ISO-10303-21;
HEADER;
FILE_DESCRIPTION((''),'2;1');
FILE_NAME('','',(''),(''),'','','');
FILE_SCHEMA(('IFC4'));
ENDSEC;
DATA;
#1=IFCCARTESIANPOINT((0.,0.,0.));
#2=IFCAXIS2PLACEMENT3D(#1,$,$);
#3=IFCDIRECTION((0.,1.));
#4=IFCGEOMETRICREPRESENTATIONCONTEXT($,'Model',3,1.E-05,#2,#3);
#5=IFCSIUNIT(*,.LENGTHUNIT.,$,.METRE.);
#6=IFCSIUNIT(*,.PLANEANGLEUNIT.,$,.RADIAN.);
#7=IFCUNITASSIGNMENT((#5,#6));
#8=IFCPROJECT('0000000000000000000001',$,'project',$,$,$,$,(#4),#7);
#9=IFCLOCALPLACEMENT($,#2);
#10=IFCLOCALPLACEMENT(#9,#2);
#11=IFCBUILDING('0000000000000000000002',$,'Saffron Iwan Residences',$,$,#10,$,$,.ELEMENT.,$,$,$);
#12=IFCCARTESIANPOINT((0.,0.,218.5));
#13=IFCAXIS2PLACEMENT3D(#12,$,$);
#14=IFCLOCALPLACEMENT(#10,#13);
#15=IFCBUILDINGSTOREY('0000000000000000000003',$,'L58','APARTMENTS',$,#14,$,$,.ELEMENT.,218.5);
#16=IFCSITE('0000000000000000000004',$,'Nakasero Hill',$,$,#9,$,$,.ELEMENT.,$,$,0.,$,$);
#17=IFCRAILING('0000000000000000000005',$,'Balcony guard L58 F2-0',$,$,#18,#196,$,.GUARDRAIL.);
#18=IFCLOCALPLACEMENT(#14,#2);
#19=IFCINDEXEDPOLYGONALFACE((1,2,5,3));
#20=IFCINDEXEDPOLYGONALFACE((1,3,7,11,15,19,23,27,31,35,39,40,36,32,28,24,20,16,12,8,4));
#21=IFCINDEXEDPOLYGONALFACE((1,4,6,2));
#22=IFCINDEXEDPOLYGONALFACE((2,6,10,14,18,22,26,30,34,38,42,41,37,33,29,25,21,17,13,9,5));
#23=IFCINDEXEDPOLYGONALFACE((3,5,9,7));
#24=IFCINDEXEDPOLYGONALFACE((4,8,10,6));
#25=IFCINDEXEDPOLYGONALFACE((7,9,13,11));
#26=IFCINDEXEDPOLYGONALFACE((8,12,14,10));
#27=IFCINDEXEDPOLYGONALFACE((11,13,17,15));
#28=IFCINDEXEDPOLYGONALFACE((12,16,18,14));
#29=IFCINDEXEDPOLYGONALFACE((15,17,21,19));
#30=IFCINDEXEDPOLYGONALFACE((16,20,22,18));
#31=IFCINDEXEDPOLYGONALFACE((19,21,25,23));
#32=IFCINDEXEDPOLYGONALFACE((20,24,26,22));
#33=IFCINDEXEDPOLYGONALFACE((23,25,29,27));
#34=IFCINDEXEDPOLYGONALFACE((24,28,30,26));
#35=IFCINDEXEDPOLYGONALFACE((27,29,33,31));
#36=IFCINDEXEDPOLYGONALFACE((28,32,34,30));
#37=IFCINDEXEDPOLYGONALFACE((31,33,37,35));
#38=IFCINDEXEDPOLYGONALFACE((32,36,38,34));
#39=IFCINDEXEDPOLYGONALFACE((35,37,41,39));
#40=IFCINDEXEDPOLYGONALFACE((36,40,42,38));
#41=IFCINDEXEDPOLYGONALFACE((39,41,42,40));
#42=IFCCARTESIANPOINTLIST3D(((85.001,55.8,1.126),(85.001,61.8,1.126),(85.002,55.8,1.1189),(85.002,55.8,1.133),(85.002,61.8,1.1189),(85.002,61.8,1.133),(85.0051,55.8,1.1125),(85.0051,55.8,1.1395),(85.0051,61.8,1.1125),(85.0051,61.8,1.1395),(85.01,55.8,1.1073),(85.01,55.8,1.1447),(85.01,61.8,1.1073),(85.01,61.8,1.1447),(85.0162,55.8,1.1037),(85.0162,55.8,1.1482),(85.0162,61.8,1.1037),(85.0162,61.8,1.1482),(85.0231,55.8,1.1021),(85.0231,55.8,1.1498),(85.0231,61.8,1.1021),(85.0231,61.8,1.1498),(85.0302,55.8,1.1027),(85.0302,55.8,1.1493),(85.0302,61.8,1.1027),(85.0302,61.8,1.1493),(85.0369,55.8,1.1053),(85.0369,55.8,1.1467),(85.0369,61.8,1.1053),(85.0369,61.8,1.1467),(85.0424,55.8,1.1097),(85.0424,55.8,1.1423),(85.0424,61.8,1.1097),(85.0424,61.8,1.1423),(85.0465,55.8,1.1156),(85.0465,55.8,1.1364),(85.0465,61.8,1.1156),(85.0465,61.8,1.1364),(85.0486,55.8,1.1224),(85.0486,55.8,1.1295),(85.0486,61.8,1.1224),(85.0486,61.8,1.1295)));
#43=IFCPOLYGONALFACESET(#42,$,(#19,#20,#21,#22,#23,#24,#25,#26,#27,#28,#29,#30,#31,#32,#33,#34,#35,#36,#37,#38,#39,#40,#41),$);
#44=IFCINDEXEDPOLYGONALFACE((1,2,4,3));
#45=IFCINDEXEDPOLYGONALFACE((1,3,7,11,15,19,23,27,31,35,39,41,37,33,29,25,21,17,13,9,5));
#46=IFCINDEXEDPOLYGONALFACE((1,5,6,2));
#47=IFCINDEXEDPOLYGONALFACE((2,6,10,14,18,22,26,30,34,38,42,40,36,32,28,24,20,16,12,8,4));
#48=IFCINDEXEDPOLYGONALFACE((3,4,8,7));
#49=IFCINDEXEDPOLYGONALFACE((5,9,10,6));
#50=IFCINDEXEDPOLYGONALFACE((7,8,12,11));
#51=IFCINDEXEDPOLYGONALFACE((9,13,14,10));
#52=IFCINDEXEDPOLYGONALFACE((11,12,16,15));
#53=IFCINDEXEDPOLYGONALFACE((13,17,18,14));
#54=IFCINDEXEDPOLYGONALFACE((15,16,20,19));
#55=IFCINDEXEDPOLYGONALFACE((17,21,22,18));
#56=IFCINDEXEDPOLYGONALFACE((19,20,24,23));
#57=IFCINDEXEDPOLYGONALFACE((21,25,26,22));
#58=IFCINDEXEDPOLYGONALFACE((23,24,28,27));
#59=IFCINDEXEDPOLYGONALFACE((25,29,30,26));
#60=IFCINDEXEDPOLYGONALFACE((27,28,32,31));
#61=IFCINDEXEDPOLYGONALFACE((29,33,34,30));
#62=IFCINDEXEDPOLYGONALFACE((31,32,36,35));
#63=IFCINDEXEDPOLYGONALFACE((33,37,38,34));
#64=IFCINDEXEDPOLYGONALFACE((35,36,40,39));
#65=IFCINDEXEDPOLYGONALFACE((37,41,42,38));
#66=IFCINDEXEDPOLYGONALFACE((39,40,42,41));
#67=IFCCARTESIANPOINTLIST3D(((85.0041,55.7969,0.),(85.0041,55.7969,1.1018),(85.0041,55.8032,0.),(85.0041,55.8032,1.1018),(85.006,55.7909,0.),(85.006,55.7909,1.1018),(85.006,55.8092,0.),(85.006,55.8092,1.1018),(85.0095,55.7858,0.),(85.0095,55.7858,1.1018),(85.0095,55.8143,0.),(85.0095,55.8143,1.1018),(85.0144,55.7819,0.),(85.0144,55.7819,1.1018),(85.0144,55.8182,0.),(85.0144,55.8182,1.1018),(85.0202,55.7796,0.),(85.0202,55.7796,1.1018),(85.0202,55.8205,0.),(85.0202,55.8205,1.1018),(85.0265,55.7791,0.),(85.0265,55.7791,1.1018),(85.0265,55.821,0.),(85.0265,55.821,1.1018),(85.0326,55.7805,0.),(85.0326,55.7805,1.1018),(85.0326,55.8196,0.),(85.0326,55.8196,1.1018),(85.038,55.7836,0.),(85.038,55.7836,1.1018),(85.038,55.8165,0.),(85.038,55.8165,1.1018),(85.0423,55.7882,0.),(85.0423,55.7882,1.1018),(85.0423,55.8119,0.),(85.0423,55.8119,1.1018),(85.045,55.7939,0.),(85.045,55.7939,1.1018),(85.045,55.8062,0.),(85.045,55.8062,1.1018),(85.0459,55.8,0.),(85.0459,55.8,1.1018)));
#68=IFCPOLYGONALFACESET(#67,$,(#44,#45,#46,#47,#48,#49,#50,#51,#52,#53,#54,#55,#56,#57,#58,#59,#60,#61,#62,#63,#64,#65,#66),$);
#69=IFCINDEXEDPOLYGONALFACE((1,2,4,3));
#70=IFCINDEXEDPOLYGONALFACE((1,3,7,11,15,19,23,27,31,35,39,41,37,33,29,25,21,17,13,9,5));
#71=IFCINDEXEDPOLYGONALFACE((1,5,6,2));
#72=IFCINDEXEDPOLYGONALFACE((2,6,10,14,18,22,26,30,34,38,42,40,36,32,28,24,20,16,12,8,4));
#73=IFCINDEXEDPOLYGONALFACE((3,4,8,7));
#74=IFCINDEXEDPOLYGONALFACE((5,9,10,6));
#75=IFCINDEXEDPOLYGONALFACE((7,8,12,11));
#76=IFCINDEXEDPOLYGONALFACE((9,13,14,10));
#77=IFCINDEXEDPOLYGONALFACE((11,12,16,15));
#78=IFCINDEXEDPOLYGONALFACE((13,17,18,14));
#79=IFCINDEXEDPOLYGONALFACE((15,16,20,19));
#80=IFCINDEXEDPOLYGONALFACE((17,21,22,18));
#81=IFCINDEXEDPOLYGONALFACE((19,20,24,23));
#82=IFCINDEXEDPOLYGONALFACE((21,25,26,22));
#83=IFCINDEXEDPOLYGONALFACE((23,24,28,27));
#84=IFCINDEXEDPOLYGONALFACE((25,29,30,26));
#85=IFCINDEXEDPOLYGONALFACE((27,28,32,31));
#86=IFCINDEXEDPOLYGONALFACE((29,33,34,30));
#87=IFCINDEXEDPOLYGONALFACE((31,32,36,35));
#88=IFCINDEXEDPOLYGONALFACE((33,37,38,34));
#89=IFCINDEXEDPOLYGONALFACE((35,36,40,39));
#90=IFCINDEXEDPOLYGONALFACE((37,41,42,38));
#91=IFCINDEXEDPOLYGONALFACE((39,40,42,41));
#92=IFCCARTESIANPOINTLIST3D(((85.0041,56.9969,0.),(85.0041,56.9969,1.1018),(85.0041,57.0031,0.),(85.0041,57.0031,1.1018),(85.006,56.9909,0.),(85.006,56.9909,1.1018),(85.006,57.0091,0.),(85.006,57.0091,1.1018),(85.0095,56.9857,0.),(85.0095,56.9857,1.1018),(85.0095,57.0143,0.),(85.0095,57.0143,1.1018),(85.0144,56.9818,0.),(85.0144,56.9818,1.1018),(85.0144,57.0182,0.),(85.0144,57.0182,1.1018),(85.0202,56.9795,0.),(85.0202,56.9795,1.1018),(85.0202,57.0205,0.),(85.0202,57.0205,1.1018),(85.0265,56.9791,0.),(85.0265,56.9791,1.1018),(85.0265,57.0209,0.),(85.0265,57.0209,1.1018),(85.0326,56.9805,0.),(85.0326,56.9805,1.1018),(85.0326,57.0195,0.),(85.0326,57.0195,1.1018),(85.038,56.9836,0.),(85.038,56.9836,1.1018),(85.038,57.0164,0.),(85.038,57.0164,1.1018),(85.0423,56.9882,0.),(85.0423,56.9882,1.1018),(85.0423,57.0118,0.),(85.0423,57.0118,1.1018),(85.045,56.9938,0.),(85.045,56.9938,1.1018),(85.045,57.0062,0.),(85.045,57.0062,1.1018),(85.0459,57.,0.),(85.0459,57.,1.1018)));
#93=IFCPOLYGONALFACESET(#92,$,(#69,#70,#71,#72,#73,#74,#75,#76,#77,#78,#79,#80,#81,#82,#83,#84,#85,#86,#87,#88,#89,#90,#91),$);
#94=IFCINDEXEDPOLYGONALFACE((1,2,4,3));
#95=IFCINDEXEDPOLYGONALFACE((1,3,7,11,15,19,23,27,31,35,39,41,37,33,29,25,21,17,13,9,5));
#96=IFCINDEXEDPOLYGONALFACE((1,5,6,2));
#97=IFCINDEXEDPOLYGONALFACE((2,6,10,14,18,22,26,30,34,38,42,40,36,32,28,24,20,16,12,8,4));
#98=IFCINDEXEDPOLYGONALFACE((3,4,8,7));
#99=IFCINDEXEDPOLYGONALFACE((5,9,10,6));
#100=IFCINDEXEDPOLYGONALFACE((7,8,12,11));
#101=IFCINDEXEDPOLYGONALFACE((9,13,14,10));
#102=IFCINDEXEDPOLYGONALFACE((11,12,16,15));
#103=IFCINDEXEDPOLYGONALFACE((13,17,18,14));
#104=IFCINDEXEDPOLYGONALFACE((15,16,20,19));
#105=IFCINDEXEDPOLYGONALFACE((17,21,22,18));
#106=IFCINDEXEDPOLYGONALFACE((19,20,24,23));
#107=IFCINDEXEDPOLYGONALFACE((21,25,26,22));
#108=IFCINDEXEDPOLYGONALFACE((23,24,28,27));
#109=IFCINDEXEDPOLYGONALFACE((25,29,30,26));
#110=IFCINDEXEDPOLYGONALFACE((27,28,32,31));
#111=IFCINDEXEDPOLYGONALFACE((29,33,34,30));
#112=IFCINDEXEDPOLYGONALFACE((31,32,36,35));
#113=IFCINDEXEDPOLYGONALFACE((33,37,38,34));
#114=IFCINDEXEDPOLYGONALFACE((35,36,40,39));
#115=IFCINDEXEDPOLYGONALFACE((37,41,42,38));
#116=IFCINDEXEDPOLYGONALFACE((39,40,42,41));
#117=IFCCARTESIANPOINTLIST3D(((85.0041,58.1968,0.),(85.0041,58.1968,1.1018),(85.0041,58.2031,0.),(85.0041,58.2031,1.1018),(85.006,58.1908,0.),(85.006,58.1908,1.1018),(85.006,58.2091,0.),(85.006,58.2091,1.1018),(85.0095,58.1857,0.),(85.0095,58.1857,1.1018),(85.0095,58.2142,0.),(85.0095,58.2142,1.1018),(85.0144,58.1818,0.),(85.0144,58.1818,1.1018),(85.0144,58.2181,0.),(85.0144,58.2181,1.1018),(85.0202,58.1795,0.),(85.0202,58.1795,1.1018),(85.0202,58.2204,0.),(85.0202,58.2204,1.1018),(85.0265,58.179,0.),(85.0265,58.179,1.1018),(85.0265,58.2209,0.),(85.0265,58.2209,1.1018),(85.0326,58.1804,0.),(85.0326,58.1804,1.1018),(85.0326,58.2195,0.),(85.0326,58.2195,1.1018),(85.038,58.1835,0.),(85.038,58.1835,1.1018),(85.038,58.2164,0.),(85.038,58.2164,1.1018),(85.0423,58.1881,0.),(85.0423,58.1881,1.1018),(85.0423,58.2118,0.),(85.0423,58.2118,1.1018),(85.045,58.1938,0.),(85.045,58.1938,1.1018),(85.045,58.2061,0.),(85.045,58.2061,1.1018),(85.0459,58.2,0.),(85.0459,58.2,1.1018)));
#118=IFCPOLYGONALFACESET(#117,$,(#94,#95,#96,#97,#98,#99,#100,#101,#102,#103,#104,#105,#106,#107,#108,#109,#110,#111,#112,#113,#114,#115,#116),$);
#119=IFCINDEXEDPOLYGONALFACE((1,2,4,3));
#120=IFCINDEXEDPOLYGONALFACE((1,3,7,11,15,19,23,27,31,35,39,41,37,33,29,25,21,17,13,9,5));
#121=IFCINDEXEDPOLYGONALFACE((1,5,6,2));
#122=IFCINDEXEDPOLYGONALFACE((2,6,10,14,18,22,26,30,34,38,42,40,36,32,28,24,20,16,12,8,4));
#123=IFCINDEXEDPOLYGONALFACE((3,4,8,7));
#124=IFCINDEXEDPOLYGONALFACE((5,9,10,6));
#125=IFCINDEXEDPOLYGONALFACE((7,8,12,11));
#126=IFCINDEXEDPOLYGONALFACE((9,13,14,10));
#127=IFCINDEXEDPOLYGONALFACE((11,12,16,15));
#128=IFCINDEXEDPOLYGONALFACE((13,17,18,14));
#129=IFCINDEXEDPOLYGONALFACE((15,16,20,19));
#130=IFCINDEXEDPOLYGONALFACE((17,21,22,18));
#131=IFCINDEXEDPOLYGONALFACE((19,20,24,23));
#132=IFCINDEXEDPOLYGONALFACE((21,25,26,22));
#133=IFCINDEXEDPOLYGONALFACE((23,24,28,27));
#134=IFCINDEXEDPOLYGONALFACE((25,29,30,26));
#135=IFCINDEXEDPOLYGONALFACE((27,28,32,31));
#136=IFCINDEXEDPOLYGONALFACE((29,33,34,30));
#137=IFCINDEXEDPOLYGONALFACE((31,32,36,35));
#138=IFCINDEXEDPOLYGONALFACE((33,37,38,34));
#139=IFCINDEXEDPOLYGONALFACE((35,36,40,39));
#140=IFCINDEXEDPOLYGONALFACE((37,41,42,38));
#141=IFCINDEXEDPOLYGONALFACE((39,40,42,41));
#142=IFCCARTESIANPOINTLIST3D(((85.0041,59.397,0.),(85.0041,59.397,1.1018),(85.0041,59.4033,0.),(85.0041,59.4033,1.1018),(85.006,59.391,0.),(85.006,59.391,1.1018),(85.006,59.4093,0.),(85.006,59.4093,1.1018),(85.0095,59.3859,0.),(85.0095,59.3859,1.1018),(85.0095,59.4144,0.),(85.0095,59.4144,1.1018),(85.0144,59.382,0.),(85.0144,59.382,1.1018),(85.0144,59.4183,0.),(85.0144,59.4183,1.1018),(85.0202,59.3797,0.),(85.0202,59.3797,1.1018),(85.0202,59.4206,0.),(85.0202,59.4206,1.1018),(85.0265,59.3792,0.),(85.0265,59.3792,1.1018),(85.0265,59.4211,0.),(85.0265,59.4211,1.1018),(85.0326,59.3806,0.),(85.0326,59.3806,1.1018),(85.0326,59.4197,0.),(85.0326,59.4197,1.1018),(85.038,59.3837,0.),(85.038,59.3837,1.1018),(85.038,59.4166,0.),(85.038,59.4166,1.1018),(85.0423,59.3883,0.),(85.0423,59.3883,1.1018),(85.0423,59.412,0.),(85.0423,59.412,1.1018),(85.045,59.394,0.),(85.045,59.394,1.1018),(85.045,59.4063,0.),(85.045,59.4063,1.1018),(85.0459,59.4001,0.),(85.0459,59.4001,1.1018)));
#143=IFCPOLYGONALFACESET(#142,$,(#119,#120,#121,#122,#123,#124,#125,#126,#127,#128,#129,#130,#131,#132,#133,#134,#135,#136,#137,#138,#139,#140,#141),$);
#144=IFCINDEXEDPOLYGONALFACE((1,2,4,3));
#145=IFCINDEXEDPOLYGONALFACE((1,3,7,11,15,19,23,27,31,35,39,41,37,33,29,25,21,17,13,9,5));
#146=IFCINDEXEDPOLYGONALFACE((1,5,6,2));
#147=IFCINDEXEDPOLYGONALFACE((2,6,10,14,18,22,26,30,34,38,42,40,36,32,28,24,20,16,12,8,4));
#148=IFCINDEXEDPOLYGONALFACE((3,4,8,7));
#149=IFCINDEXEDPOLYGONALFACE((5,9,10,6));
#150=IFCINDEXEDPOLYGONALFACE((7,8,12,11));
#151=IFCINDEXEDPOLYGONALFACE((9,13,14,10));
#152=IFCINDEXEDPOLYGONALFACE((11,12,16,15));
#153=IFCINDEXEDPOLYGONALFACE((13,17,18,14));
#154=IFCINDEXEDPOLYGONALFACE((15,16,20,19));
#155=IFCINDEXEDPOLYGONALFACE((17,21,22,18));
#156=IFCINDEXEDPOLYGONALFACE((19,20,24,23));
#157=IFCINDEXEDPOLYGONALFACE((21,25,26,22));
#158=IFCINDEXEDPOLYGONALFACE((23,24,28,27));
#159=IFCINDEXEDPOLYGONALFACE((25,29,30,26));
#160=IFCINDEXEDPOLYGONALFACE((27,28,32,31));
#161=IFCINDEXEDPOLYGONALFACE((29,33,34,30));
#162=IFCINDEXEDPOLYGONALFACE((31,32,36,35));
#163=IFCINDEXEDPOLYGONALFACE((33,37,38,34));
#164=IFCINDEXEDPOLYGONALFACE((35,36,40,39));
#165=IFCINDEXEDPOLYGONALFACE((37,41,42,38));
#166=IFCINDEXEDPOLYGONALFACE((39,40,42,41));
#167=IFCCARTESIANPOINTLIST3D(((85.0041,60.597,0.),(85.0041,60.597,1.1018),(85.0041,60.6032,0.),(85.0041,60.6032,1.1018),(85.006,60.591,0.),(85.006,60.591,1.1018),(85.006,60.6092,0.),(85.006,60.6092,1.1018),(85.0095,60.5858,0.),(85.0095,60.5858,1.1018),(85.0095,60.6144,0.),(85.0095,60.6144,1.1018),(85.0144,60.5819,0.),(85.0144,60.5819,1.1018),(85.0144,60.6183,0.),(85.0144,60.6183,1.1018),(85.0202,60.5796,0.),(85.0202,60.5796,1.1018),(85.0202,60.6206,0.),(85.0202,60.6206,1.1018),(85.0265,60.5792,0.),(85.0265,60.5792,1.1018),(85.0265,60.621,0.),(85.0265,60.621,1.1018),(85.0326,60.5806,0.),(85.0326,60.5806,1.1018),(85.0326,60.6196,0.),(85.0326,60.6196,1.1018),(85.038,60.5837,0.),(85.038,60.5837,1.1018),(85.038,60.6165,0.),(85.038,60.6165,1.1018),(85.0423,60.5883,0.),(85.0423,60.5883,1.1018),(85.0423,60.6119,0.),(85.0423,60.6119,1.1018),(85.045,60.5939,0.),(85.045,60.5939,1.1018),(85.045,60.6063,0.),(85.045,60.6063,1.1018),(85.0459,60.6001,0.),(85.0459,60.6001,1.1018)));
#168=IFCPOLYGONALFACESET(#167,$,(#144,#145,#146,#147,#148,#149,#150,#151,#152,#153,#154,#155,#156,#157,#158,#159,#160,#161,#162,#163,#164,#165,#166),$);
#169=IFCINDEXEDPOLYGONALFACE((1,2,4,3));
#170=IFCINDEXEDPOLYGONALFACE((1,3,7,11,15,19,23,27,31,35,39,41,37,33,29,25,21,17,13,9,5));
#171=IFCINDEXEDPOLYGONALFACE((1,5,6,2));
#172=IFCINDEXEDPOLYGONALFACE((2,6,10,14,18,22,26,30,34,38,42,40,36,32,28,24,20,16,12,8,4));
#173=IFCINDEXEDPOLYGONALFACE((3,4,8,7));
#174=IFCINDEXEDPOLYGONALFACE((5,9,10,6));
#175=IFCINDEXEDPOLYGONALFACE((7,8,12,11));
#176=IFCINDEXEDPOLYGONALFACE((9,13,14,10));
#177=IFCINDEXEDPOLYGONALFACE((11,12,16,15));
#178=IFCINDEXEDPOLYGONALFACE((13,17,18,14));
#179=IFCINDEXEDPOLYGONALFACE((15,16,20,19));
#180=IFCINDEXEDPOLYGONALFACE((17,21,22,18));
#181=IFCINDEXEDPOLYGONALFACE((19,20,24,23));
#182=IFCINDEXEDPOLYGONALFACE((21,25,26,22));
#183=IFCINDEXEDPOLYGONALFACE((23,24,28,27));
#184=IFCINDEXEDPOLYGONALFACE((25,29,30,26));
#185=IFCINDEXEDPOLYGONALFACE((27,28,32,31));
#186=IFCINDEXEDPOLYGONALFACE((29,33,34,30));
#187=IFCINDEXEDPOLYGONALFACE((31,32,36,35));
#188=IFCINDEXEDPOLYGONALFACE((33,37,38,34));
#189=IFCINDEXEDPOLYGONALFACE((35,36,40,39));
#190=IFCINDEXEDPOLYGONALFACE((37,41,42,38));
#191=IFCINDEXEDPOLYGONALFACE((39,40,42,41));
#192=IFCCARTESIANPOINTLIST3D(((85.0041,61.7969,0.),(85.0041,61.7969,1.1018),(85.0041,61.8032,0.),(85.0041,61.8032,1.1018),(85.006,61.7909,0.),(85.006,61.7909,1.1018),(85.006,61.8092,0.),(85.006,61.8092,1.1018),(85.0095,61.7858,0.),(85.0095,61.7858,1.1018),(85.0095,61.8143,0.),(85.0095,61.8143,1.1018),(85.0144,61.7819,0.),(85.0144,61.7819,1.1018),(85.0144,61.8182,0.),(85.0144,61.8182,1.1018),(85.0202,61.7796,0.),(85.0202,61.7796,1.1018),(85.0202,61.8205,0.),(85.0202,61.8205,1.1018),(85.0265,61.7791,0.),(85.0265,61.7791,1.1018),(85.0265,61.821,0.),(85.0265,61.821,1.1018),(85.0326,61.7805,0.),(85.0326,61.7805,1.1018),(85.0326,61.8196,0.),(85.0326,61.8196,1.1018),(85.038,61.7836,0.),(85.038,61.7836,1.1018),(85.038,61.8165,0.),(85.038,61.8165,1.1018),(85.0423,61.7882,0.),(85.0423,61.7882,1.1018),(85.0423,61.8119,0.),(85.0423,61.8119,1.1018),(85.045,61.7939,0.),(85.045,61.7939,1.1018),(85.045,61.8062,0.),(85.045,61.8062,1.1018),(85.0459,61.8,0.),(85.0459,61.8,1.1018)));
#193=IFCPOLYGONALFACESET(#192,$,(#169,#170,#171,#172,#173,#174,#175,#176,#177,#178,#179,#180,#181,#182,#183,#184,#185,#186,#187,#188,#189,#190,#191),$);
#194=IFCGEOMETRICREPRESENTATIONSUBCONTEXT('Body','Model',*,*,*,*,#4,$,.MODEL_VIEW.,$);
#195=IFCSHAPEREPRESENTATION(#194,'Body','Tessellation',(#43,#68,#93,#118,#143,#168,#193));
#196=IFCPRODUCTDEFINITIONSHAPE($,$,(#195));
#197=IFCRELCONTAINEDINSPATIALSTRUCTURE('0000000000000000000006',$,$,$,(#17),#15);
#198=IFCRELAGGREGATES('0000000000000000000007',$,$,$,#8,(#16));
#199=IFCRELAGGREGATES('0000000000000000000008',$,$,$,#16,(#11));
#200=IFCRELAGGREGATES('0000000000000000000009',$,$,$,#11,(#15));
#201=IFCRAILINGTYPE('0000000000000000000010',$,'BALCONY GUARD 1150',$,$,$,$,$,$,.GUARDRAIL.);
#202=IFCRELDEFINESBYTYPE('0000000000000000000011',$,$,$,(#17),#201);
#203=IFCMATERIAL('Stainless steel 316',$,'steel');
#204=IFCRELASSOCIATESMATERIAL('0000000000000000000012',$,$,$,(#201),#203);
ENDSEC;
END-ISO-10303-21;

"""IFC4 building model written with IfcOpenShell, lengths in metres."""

from ifc_helpers import new_model, si_unit, direction, frame, origin, origin_2d, place, context, subcontext, project, spatial, circle, extrude, material, type_object, element, save


model = new_model("IFC4")

# Units and contexts
model_context = context("Model", 3, precision=1e-05, world=origin(), true_north=direction((0.0, 1.0)))
body_context = subcontext(model_context, "Body", "Model", "MODEL_VIEW")
ifc_project = project(units=[si_unit("LENGTHUNIT", "METRE"), si_unit("PLANEANGLEUNIT", "RADIAN")], contexts=[model_context])

# Site, building, storey
site_placement = place(None, origin())
site = spatial("IfcSite", under=ifc_project, at=site_placement, Name="Nakasero Hill", CompositionType="ELEMENT", RefElevation=0.0)
building_placement = place(site_placement, origin())
building = spatial("IfcBuilding", under=site, at=building_placement, Name="Saffron Iwan Residences", CompositionType="ELEMENT")
storey_placement = place(building_placement, frame((0.0, 0.0, 218.5)))
storey = spatial("IfcBuildingStorey", under=building, at=storey_placement, Name="L58", Description="APARTMENTS", CompositionType="ELEMENT", Elevation=218.5)

# Railing
ifc_material_1 = material(Name="Stainless steel 316", Category="steel")
railing_type = type_object("IfcRailingType", Name="BALCONY GUARD 1150", PredefinedType="GUARDRAIL", material=ifc_material_1)
railing_placement = place(storey_placement, frame((85.0249, 55.8, 0.0)))
element("IfcRailing", 1, at=railing_placement, inside=storey, type_object=railing_type, Name="Balcony guard L58 F2-0", PredefinedType="GUARDRAIL", context=body_context, shape_type="SweptSolid", body=[
    extrude(circle(Radius=0.0239, at=origin_2d()), frame((0.0, 0.0, 1.126), z_axis=(0.0, 1.0, 0.0), x_axis=(-1.0, 0.0, 0.0)), (0.0, 0.0, 1.0), 6.0),
    extrude(circle(Radius=0.021, at=origin_2d()), origin(), (0.0, 0.0, 1.0), 1.1018),
    extrude(circle(Radius=0.021, at=origin_2d()), frame((0.0, 1.2, 0.0)), (0.0, 0.0, 1.0), 1.1018),
    extrude(circle(Radius=0.021, at=origin_2d()), frame((0.0, 2.3999, 0.0)), (0.0, 0.0, 1.0), 1.1018),
    extrude(circle(Radius=0.021, at=origin_2d()), frame((0.0, 3.6001, 0.0)), (0.0, 0.0, 1.0), 1.1018),
    extrude(circle(Radius=0.021, at=origin_2d()), frame((0.0, 4.8, 0.0)), (0.0, 0.0, 1.0), 1.1018),
    extrude(circle(Radius=0.021, at=origin_2d()), frame((0.0, 6.0, 0.0)), (0.0, 0.0, 1.0), 1.1018),
])

save(model, "model.ifc")
